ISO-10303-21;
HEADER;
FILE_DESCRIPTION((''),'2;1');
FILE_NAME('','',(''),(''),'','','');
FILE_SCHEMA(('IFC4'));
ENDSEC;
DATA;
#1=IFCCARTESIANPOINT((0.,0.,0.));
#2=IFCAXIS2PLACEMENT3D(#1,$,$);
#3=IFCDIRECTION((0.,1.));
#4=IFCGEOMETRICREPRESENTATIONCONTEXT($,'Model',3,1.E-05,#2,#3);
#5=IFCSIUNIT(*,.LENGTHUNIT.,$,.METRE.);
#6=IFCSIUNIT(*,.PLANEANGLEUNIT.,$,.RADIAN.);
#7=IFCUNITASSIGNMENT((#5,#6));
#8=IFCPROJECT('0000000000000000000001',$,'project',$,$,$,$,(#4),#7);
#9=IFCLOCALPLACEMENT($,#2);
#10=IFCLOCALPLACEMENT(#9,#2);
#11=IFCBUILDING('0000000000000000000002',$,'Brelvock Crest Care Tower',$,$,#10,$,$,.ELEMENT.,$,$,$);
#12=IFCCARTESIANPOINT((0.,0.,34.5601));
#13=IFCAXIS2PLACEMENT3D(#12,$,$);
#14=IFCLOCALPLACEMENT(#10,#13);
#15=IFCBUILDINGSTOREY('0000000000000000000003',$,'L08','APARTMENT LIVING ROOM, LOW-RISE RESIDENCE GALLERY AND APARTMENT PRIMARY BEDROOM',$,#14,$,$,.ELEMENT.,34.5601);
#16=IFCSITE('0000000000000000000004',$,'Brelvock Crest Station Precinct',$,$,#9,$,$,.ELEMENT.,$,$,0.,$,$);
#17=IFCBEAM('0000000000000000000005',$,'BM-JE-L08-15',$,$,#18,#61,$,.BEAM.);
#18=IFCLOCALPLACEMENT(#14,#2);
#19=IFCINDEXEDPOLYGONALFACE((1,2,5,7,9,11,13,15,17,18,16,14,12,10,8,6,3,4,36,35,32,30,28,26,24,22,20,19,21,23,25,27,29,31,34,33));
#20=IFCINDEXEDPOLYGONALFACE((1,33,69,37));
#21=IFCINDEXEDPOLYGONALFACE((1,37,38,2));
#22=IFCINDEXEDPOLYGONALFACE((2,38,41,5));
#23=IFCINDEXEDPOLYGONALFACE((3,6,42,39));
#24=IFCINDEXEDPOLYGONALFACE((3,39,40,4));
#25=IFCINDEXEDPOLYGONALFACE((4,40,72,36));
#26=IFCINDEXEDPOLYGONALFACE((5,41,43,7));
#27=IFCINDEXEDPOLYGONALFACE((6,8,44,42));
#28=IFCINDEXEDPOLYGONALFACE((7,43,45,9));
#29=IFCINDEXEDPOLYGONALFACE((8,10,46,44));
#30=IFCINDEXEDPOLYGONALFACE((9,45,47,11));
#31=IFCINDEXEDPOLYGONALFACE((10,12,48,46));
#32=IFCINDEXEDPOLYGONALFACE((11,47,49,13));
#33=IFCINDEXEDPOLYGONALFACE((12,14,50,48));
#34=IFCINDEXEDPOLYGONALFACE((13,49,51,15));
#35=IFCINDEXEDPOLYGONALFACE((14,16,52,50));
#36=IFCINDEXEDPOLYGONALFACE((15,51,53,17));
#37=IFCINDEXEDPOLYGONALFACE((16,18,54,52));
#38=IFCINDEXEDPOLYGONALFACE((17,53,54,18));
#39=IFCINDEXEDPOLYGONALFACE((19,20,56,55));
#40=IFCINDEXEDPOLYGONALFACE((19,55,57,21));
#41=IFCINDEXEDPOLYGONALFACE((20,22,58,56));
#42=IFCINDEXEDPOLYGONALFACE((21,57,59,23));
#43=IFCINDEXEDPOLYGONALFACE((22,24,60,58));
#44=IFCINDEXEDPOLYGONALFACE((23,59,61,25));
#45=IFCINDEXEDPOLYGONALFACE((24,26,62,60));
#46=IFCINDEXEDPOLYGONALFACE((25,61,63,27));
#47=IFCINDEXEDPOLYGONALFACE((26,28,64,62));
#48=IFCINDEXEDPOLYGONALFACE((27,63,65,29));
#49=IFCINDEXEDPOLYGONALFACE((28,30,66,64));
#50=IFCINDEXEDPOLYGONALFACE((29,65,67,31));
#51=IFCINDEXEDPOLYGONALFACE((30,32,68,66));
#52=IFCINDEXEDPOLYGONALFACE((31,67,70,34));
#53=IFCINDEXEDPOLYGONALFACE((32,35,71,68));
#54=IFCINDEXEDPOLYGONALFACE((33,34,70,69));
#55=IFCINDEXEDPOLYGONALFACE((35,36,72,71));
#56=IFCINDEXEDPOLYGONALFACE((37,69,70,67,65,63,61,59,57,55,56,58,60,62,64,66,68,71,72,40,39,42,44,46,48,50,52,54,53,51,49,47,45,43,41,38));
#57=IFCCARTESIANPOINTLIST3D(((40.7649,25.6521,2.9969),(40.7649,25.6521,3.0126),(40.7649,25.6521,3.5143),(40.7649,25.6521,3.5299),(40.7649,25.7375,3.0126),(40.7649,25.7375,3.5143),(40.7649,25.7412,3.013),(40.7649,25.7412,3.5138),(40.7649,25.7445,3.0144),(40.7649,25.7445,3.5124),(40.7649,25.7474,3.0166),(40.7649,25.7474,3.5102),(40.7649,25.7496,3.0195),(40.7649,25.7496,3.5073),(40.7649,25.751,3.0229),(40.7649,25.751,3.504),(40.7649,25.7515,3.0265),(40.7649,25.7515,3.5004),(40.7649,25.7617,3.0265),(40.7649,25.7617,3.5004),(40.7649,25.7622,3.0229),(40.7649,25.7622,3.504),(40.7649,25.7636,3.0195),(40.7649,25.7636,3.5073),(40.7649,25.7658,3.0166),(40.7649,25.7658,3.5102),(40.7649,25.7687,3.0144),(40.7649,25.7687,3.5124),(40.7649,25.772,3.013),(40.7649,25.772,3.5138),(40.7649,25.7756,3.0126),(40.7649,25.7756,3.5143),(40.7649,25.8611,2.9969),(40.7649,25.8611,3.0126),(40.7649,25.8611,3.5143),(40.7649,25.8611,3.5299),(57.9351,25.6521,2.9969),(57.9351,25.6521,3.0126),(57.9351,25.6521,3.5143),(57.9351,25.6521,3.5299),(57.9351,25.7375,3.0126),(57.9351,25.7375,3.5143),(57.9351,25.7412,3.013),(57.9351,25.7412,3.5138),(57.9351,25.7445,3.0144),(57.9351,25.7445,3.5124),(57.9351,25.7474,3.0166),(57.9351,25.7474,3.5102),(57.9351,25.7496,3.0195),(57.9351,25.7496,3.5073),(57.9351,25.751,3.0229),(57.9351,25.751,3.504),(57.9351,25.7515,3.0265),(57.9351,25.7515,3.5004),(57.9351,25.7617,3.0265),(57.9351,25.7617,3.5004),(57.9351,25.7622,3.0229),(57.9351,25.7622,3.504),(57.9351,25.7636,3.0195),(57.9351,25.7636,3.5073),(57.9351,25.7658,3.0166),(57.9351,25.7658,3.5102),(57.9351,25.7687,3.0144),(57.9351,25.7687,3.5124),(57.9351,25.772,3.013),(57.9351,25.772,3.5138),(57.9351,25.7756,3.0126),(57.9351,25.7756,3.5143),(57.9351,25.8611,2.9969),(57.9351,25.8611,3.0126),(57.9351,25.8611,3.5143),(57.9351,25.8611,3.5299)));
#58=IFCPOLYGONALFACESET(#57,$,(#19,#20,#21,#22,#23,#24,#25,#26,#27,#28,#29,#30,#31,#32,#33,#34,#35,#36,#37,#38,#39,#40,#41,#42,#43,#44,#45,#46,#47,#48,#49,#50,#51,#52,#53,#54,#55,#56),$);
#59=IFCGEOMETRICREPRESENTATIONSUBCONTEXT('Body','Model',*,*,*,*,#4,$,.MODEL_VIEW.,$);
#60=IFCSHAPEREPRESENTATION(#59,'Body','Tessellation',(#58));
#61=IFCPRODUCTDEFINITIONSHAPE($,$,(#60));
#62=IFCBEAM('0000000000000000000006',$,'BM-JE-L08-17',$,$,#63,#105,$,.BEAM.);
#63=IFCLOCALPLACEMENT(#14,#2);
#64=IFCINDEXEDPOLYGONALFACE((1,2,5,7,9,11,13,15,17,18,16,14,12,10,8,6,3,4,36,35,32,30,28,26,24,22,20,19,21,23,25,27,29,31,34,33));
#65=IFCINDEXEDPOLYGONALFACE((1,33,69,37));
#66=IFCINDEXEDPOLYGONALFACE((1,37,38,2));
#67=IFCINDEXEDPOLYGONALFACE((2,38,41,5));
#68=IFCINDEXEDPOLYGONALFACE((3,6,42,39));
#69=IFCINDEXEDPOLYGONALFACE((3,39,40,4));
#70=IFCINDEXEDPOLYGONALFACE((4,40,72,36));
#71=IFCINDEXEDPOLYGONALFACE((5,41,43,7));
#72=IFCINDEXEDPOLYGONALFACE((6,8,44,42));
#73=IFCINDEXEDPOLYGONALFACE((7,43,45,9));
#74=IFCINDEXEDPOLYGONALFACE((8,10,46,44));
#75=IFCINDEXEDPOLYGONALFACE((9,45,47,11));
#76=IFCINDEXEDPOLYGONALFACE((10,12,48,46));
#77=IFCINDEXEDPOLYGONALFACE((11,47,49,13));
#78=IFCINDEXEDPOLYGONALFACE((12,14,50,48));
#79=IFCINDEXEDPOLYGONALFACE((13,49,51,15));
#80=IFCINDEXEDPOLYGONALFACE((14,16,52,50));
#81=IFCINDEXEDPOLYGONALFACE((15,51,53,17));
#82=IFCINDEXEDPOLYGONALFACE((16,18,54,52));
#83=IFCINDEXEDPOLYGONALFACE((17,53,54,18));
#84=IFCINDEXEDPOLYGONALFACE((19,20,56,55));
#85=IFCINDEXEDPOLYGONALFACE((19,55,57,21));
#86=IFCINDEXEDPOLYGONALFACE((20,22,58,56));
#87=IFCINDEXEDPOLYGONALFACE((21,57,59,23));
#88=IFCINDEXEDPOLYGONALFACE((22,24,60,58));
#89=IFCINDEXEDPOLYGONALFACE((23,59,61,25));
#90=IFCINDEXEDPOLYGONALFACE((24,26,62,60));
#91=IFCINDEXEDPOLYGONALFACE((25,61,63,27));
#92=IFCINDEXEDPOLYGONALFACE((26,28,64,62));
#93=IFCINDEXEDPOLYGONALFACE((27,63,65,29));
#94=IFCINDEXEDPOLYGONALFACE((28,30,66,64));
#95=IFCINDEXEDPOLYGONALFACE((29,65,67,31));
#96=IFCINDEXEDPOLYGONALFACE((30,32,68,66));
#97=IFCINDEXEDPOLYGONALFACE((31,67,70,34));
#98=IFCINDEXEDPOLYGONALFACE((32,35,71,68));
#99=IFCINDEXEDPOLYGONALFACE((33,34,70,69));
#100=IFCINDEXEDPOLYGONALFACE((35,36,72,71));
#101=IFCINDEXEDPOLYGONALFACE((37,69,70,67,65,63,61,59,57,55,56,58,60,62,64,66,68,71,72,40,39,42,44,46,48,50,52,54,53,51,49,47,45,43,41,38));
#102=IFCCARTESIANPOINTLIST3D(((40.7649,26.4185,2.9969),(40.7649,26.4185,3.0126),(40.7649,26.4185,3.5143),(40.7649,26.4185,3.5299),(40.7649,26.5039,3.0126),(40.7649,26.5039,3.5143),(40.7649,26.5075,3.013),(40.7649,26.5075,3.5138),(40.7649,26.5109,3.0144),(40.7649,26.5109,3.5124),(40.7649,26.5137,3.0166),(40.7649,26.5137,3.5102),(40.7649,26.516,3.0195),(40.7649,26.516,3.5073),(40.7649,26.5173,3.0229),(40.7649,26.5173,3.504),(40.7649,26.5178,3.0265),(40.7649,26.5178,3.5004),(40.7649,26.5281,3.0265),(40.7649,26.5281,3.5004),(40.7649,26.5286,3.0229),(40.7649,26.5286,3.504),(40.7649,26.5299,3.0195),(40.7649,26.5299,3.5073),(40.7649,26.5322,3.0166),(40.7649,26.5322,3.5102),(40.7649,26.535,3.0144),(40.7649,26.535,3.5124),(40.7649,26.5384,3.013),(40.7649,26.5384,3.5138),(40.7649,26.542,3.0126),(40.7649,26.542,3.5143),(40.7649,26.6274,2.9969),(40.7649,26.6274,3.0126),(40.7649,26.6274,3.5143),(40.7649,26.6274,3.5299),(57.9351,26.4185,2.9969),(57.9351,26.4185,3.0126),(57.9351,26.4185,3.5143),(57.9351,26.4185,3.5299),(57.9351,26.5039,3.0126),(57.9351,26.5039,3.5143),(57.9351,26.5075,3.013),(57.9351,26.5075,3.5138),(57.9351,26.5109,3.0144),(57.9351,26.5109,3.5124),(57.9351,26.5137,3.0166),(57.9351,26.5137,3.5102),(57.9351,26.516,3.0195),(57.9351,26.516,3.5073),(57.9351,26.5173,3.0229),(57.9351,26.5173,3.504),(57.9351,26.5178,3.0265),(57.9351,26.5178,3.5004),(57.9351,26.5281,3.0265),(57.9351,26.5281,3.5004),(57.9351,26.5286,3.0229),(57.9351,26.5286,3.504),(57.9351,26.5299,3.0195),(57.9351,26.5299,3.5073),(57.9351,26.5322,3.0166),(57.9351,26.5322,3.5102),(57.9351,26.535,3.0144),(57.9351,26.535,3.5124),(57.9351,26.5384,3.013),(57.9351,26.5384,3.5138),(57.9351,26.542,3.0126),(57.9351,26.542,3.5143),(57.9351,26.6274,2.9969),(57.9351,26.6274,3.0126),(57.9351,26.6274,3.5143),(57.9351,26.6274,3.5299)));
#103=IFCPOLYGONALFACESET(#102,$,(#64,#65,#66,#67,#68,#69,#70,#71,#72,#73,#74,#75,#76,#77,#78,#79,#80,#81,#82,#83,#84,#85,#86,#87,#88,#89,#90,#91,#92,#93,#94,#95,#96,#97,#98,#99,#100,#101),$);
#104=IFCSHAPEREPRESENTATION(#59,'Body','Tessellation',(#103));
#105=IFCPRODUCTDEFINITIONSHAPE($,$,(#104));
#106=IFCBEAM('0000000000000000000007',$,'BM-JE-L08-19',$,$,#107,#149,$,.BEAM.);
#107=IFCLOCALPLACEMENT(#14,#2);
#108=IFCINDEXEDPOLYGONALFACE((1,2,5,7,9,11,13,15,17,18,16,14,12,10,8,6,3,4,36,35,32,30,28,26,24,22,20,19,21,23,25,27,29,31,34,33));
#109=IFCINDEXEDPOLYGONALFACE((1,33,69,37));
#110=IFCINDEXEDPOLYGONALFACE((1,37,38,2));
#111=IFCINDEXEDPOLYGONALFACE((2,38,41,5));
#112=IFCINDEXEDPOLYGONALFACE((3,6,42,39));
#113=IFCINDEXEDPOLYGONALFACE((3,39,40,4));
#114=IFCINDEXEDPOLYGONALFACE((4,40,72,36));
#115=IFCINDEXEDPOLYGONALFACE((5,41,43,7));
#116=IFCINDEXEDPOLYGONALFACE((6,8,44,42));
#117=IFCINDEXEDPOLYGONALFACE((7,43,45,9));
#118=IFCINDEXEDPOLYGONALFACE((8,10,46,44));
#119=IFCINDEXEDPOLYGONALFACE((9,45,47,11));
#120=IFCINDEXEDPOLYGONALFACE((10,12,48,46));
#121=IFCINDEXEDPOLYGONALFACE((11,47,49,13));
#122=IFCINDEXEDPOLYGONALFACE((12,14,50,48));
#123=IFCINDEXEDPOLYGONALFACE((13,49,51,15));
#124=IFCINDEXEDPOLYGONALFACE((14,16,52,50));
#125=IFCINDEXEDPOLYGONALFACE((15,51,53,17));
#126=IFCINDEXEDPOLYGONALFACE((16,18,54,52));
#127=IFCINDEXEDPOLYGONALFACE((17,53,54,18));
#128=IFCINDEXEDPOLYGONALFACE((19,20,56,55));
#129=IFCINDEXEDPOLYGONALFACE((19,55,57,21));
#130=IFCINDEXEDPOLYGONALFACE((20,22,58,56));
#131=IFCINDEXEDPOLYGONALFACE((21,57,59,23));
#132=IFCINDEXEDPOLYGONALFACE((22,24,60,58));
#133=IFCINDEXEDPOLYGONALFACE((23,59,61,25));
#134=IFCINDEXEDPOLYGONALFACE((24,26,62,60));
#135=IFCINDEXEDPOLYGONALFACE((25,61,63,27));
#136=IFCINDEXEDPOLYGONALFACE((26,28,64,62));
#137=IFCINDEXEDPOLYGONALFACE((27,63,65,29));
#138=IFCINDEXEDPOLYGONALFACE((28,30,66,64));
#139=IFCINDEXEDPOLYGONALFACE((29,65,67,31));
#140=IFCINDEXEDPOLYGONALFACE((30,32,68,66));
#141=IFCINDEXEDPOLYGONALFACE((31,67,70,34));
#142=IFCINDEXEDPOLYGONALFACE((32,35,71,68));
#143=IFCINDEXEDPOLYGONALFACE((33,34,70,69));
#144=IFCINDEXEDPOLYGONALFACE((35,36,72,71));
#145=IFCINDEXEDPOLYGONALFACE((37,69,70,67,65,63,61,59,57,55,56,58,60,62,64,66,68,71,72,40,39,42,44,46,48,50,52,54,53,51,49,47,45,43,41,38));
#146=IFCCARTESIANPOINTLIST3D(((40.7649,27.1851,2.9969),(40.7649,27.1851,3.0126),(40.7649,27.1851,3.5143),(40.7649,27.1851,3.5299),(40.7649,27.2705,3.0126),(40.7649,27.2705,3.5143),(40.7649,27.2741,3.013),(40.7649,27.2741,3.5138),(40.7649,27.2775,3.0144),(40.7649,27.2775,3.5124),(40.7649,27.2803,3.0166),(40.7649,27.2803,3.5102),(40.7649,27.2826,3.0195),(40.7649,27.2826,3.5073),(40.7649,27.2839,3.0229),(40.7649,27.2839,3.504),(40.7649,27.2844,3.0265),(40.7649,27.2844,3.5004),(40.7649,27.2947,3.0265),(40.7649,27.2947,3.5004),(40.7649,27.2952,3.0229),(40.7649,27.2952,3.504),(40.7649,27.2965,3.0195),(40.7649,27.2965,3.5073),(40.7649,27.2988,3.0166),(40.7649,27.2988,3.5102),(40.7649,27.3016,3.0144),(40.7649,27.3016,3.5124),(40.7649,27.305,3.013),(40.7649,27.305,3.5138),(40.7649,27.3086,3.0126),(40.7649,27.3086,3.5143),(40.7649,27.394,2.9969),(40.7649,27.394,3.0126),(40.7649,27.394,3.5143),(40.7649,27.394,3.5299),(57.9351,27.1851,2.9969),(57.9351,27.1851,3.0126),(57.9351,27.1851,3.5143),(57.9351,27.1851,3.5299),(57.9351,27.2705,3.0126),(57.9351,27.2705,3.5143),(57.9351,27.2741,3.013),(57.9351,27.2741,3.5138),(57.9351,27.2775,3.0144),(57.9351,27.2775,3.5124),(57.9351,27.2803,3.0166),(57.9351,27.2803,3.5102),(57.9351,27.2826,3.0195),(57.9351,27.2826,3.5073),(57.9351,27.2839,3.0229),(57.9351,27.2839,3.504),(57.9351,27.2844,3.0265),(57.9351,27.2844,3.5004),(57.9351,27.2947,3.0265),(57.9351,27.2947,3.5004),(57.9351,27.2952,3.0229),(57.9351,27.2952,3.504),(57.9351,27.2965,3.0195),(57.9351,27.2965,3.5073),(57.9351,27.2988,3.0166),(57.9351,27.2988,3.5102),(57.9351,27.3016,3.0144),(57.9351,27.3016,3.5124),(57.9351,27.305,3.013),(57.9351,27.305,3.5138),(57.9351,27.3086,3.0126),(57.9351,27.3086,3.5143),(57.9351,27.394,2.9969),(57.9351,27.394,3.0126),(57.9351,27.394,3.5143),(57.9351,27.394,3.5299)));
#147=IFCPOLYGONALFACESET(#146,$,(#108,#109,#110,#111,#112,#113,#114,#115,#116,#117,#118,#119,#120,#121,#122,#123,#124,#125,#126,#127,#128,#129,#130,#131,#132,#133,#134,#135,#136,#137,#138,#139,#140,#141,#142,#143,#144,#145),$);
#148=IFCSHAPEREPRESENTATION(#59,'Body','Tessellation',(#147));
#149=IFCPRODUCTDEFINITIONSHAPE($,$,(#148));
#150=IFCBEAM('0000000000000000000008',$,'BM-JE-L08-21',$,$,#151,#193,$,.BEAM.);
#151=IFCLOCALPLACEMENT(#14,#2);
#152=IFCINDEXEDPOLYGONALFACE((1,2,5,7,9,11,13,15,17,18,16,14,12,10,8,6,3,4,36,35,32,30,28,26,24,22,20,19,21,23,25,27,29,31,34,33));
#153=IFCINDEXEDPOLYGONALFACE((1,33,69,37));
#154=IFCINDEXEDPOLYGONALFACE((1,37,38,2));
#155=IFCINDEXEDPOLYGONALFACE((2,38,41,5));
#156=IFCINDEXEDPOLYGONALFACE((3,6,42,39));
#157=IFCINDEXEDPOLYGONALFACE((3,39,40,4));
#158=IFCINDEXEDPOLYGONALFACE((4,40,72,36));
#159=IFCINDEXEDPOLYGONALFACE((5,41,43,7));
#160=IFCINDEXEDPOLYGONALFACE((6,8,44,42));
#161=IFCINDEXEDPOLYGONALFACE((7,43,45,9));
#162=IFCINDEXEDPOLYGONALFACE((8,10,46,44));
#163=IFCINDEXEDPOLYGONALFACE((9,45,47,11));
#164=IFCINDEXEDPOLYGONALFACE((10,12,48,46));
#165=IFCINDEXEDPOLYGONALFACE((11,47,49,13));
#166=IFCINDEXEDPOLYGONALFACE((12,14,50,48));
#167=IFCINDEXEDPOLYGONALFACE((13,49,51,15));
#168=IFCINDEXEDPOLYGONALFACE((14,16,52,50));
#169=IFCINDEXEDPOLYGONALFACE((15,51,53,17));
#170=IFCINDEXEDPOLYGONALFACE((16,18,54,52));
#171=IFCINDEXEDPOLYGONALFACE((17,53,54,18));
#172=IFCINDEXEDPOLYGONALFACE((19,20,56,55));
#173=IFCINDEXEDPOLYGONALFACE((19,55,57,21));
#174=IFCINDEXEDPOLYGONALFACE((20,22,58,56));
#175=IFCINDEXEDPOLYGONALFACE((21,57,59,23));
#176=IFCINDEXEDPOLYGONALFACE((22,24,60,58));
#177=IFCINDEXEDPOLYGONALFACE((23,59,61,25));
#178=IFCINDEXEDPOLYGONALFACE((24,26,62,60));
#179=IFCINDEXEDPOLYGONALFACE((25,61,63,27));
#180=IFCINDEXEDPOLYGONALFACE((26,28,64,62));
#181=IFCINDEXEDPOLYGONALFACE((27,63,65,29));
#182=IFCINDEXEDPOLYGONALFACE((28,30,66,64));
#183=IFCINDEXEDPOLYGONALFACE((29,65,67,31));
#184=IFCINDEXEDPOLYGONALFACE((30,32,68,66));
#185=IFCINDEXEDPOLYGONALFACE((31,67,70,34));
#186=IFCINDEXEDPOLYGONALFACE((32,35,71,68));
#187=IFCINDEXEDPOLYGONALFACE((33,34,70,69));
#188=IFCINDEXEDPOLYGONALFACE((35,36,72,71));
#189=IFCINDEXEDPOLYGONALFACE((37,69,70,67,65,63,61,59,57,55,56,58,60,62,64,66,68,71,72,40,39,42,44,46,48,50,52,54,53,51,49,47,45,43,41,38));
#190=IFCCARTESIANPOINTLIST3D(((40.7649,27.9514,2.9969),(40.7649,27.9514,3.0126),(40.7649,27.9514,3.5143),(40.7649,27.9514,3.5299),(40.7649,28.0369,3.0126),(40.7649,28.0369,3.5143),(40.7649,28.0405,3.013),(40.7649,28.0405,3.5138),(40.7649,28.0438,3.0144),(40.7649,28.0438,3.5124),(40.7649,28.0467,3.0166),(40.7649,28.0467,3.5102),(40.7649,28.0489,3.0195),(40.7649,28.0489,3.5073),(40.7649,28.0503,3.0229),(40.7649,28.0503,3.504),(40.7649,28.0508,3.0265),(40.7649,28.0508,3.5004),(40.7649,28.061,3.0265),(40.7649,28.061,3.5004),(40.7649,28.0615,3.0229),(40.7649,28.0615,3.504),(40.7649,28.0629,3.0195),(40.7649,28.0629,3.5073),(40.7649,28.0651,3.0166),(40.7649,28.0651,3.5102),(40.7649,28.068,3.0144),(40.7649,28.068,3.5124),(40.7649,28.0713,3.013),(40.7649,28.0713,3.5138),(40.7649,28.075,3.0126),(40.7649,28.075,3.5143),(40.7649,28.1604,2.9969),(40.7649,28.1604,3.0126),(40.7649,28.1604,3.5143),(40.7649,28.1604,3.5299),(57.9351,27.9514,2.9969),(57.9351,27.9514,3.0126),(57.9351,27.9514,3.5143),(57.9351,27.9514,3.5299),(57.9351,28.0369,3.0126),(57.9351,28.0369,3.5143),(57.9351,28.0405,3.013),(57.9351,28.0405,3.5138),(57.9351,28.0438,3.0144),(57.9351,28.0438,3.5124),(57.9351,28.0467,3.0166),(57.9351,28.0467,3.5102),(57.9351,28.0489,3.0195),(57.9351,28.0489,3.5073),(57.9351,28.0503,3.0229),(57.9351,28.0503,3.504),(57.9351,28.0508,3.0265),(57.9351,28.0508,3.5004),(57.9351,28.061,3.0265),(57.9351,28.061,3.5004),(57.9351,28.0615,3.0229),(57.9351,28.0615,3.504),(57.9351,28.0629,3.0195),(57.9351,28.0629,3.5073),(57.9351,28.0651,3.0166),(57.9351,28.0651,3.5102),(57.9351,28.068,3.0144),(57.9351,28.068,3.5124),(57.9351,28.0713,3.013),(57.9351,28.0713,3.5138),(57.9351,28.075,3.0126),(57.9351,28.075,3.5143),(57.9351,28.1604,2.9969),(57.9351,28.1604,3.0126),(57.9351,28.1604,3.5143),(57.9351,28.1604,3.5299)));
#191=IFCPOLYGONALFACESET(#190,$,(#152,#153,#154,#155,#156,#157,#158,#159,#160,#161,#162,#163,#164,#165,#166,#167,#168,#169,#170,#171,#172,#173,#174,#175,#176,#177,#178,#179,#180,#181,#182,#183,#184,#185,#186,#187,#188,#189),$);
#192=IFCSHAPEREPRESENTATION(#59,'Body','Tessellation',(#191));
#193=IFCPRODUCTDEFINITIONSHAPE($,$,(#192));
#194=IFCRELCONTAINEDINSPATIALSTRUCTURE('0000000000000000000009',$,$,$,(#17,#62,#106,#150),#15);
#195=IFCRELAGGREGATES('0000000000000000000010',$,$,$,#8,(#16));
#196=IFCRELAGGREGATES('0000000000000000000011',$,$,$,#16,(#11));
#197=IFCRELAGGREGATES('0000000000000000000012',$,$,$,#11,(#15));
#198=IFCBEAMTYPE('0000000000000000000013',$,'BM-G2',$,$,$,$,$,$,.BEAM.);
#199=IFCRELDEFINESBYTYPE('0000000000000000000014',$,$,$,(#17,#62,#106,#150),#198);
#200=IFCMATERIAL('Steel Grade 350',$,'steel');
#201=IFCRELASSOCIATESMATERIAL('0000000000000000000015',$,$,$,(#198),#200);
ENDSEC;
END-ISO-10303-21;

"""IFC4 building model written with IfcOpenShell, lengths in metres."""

from ifc_helpers import new_model, si_unit, direction, frame, origin, origin_2d, place, context, subcontext, project, spatial, i_section, extrude, source, transform, mapped, material, material_profile, profile_set, type_object, element, save


model = new_model("IFC4")

# Units and contexts
model_context = context("Model", 3, precision=1e-05, world=origin(), true_north=direction((0.0, 1.0)))
body_context = subcontext(model_context, "Body", "Model", "MODEL_VIEW")
ifc_project = project(units=[si_unit("LENGTHUNIT", "METRE"), si_unit("PLANEANGLEUNIT", "RADIAN")], contexts=[model_context])

# Site, building, storey
site_placement = place(None, origin())
site = spatial("IfcSite", under=ifc_project, at=site_placement, Name="Brelvock Crest Station Precinct", CompositionType="ELEMENT", RefElevation=0.0)
building_placement = place(site_placement, origin())
building = spatial("IfcBuilding", under=site, at=building_placement, Name="Brelvock Crest Care Tower", CompositionType="ELEMENT")
storey_placement = place(building_placement, frame((0.0, 0.0, 34.5601)))
storey = spatial("IfcBuildingStorey", under=building, at=storey_placement, Name="L08", Description="APARTMENT LIVING ROOM, LOW-RISE RESIDENCE GALLERY AND APARTMENT PRIMARY BEDROOM", CompositionType="ELEMENT", Elevation=34.5601)

# Beams
ifc_material_1 = material(Name="Steel Grade 350", Category="steel")
ifc_material_profile_1 = material_profile(ifc_material_1, i_section(OverallWidth=0.209, OverallDepth=0.533, WebThickness=0.0103, FlangeThickness=0.0156, FilletRadius=0.0139, at=origin_2d()), Name="530UB92.4")
ifc_profile_set_1 = profile_set([ifc_material_profile_1], Name="Steel Grade 350")
beam_type_1 = type_object("IfcBeamType", Name="BM-G2", PredefinedType="BEAM", material=ifc_profile_set_1)
shared_shape_1 = source(origin(), body_context, "Body", "SweptSolid", [
    extrude(i_section(OverallWidth=0.209, OverallDepth=0.533, WebThickness=0.0103, FlangeThickness=0.0156, FilletRadius=0.0139, at=origin_2d()), origin(), (0.0, 0.0, 1.0), 17.1702),
])
for number, where, z_axis, x_axis, name in (
    (1, (40.7649, 25.7566, 3.2634), (1.0, 0.0, 0.0), (0.0, 1.0, 0.0), "BM-JE-L08-15"),
    (2, (40.7649, 26.5229, 3.2634), (1.0, 0.0, 0.0), (0.0, 1.0, 0.0), "BM-JE-L08-17"),
    (3, (40.7649, 27.2896, 3.2634), (1.0, 0.0, 0.0), (0.0, 1.0, 0.0), "BM-JE-L08-19"),
    (4, (40.7649, 28.0559, 3.2634), (1.0, 0.0, 0.0), (0.0, 1.0, 0.0), "BM-JE-L08-21"),
):
    element("IfcBeam", number, at=place(storey_placement, frame(where, z_axis=z_axis, x_axis=x_axis)), inside=storey, type_object=beam_type_1, Name=name, PredefinedType="BEAM", context=body_context, shape_type="MappedRepresentation", body=[
        mapped(shared_shape_1, transform((0.0, 0.0, 0.0), x_axis=(1.0, 0.0, 0.0), y_axis=(0.0, 1.0, 0.0), z_axis=(0.0, 0.0, 1.0), scale=1.0)),
    ])

save(model, "model.ifc")
